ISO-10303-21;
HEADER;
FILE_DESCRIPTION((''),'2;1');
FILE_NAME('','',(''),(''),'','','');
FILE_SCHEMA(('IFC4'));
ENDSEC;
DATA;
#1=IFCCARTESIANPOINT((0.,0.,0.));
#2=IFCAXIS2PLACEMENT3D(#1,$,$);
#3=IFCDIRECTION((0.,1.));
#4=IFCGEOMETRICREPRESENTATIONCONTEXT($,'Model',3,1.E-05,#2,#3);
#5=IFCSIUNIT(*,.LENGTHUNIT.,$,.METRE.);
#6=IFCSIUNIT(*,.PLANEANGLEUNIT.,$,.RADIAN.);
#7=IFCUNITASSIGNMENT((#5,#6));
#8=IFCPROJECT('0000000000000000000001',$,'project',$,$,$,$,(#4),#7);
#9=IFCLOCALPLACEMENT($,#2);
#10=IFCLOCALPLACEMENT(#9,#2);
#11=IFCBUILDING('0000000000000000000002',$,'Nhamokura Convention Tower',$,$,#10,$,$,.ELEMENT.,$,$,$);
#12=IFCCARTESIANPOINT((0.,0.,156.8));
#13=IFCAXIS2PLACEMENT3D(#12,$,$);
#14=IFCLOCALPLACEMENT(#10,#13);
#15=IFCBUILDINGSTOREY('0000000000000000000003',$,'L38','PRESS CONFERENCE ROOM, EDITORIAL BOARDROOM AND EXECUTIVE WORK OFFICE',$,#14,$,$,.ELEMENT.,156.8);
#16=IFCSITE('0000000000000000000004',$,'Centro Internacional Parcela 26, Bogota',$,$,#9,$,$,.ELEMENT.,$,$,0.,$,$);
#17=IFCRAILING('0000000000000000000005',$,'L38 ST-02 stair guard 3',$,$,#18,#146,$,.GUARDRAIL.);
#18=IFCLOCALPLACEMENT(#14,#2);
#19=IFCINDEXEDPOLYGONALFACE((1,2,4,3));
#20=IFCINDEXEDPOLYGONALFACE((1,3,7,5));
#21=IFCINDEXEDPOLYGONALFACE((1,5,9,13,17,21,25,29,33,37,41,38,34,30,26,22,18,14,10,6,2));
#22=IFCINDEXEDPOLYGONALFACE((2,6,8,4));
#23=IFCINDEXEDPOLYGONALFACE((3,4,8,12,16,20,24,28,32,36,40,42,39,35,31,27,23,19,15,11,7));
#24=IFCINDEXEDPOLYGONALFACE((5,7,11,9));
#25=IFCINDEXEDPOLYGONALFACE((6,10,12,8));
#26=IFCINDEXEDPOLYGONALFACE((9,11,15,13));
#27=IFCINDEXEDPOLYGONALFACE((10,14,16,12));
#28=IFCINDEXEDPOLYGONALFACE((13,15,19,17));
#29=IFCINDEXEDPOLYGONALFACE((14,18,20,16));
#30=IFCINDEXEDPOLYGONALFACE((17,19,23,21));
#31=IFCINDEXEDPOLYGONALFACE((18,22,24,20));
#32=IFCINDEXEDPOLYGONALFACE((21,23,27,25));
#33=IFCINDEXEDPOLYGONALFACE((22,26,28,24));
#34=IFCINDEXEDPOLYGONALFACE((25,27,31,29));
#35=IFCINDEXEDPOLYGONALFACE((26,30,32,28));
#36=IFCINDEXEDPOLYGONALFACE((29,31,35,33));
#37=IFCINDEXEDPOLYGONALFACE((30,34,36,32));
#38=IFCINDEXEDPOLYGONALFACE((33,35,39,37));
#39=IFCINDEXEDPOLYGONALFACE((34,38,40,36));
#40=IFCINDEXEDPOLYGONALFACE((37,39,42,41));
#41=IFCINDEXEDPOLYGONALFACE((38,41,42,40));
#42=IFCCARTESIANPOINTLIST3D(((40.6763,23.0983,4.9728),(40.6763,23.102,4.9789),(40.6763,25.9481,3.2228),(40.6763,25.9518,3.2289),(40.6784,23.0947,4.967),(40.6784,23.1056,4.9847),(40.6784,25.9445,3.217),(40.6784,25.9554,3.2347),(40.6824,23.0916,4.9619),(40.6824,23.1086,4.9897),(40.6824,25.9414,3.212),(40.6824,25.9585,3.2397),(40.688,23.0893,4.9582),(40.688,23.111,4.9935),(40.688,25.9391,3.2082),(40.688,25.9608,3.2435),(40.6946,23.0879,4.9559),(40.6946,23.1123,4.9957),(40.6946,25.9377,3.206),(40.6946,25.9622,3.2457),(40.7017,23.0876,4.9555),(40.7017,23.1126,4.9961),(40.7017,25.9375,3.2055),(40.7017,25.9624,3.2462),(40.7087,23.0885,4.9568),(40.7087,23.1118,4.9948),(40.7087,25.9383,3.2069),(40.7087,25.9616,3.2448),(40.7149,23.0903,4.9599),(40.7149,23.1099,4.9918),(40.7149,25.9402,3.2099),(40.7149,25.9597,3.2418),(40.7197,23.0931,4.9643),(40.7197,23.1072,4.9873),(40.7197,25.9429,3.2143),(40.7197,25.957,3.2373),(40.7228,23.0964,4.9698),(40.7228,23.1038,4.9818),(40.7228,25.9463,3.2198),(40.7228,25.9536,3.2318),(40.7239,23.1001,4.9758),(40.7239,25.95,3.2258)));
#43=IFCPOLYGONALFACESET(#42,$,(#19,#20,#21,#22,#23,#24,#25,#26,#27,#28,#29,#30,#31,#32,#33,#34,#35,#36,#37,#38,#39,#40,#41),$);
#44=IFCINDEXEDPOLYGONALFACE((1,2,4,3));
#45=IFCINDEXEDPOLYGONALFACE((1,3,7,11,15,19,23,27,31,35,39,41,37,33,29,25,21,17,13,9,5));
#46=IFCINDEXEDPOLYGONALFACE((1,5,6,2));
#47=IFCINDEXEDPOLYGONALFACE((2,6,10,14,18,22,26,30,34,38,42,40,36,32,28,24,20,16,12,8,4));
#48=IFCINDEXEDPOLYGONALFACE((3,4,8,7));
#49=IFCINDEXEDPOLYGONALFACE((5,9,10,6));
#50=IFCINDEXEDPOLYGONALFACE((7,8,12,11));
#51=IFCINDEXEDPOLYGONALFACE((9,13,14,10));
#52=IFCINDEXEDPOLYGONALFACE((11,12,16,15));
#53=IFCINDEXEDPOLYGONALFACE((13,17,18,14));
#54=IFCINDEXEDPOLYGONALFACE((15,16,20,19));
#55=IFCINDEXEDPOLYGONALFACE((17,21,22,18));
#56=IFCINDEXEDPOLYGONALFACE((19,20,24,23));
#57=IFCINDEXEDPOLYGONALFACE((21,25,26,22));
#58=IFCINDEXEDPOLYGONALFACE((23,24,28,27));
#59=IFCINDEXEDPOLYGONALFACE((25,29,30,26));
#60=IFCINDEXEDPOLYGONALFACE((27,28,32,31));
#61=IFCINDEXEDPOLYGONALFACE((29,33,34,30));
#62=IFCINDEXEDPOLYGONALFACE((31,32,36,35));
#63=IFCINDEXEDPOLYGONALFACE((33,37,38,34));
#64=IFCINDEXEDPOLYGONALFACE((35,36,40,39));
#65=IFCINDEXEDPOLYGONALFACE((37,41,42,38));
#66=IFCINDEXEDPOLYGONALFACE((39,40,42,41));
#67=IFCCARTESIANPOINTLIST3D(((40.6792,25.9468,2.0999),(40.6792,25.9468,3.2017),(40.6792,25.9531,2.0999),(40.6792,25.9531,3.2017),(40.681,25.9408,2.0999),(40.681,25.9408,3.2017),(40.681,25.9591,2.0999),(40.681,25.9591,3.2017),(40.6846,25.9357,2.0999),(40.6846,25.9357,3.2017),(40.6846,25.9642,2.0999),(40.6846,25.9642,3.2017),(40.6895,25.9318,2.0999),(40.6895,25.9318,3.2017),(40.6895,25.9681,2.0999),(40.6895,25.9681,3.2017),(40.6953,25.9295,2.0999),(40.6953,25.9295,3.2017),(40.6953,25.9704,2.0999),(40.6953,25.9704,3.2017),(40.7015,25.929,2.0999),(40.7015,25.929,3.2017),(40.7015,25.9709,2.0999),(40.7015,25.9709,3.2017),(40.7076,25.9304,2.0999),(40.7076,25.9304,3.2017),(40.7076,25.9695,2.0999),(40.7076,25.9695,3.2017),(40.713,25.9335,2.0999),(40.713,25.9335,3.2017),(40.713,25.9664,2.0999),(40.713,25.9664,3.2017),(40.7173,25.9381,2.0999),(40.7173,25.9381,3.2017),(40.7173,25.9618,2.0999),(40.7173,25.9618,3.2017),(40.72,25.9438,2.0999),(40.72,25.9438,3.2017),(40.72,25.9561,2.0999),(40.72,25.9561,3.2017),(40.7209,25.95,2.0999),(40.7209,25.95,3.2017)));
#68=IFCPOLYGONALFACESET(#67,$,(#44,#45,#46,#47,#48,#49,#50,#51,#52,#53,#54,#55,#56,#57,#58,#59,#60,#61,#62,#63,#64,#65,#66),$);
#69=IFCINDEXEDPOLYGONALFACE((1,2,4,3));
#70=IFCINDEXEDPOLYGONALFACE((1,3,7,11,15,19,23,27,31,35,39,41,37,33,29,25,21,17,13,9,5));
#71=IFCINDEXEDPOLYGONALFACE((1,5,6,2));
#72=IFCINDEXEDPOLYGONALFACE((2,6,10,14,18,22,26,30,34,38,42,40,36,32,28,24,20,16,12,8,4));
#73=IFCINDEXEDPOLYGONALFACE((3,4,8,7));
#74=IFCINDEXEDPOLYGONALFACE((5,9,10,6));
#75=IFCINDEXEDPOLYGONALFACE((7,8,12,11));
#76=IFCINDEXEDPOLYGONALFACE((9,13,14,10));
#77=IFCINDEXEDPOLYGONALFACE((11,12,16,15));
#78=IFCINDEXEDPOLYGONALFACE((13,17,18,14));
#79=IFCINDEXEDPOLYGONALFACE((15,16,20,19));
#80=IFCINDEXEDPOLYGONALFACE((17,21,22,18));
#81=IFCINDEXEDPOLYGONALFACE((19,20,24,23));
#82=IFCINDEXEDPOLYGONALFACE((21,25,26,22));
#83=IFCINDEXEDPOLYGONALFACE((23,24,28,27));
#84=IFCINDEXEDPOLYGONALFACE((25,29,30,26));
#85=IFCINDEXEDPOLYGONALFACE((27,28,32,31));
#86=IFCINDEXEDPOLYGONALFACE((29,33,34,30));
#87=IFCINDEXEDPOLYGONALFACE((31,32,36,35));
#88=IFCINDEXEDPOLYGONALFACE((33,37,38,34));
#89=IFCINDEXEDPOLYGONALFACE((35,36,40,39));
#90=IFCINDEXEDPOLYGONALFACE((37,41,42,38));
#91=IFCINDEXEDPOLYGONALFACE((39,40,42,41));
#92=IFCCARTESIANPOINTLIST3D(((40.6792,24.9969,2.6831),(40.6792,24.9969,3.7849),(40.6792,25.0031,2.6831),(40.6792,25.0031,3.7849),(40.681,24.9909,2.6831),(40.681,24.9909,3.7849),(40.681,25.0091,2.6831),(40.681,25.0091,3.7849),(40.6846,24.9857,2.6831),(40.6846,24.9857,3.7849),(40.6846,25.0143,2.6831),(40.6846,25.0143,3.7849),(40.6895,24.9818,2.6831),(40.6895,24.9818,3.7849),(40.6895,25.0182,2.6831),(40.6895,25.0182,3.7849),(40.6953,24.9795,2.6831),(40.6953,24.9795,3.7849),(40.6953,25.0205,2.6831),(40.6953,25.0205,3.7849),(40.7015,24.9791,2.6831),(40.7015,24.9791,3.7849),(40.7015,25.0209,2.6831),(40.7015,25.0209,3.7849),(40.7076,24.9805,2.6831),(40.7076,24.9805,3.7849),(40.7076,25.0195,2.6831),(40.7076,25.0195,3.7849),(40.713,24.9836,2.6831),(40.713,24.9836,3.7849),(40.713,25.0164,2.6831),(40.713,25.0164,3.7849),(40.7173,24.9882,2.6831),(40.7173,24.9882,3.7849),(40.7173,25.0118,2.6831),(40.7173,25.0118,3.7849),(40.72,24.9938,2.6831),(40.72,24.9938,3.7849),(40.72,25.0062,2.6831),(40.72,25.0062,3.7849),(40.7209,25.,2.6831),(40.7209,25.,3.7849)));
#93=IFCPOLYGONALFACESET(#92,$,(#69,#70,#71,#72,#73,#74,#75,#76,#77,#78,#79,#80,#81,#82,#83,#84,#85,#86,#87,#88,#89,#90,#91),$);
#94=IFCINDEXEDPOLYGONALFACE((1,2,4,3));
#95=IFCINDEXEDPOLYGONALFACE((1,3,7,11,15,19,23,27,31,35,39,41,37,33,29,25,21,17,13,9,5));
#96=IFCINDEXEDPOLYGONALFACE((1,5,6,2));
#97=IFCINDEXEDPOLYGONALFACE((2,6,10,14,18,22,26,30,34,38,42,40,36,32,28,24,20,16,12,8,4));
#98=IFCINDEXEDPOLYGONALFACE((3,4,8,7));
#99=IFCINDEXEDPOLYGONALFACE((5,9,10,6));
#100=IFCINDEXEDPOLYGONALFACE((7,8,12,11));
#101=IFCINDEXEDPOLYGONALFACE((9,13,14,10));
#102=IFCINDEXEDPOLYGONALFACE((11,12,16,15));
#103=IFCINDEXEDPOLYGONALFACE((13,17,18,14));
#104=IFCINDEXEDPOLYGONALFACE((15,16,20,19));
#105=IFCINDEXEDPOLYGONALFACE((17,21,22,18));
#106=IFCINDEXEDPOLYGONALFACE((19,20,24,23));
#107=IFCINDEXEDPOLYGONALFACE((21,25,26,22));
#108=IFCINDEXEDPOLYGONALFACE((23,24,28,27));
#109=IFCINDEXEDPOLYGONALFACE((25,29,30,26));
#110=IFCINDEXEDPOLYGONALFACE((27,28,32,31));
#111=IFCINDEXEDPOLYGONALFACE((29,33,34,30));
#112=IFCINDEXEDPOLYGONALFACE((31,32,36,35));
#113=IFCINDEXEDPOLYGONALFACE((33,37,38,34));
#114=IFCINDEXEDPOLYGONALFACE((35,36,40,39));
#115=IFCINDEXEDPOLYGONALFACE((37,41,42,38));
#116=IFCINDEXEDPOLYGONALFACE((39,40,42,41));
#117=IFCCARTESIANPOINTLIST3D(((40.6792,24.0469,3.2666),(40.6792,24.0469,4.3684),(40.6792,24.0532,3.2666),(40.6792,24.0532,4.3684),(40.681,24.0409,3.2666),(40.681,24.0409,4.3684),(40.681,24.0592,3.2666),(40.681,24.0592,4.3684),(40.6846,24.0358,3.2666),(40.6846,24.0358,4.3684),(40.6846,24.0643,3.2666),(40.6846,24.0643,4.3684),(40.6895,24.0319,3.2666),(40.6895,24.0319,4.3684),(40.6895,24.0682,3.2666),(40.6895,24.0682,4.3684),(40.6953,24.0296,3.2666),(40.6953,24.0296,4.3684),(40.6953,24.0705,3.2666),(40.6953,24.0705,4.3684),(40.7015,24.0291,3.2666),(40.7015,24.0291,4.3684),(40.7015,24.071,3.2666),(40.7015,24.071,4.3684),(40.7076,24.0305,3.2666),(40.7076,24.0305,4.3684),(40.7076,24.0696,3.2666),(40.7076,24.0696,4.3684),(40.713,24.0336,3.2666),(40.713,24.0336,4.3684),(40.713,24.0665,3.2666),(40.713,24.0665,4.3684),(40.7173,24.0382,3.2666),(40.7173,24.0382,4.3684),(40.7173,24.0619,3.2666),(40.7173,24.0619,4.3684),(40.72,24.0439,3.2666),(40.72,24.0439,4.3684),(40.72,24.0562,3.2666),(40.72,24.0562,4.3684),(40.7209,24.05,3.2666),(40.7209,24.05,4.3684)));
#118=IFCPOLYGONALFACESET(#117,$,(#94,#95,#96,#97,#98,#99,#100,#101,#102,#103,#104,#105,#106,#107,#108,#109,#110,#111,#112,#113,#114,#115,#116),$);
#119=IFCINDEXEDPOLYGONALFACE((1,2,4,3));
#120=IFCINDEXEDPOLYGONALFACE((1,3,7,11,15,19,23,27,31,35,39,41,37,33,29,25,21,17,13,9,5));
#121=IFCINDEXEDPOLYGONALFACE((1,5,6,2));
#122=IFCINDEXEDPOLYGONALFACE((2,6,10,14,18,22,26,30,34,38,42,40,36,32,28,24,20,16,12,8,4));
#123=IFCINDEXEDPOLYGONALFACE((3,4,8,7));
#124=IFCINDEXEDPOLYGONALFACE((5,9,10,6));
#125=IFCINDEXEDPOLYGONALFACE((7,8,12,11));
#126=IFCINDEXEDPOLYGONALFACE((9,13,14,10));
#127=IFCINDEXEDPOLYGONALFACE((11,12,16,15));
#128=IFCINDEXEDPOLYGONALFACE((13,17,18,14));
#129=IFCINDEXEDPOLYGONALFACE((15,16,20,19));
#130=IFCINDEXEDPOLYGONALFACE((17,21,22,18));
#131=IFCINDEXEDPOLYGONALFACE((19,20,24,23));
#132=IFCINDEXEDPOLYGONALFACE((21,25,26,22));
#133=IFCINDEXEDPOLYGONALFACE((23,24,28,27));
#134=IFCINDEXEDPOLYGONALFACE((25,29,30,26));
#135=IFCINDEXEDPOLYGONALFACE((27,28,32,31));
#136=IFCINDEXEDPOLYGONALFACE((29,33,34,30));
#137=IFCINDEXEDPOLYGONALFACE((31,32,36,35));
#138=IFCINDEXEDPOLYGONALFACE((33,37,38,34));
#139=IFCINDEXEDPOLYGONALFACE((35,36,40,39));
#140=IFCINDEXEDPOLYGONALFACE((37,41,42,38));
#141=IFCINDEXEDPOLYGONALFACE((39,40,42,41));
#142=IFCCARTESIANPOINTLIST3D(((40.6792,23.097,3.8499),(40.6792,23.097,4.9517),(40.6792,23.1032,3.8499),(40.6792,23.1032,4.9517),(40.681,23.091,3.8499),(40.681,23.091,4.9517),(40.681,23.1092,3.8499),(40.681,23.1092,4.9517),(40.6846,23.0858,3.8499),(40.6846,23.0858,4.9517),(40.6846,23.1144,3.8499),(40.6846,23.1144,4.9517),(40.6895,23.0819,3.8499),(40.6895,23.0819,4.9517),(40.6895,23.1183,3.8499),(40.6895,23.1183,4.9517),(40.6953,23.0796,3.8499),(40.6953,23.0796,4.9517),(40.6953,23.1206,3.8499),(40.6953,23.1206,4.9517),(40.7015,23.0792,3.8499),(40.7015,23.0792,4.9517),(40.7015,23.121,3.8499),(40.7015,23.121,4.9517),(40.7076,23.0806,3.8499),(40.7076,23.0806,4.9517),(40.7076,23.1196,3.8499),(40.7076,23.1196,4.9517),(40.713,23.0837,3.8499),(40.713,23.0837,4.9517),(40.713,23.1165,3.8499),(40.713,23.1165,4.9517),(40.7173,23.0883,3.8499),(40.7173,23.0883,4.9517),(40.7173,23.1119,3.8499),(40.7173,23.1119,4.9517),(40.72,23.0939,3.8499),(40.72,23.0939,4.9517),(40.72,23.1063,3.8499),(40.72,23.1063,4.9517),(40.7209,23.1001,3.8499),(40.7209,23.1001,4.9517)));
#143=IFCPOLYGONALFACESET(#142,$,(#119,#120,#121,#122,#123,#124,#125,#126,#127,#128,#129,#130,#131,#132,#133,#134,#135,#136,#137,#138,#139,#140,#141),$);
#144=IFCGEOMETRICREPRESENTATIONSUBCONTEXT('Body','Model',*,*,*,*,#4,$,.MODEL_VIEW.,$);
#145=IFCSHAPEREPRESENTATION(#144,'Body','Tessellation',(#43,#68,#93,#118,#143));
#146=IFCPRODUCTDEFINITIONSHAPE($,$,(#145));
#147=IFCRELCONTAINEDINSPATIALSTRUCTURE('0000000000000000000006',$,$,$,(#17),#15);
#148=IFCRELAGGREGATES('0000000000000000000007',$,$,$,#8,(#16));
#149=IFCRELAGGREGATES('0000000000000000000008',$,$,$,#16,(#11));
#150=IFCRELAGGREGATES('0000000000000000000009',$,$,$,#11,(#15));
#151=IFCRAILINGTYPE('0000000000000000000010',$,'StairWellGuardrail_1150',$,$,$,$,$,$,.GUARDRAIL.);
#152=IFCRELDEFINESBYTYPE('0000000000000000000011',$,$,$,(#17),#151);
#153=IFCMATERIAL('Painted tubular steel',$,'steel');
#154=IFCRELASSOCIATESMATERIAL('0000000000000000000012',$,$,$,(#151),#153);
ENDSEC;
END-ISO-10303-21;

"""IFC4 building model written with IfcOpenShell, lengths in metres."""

from ifc_helpers import new_model, si_unit, direction, frame, origin, origin_2d, place, context, subcontext, project, spatial, circle, extrude, material, type_object, element, save


model = new_model("IFC4")

# Units and contexts
model_context = context("Model", 3, precision=1e-05, world=origin(), true_north=direction((0.0, 1.0)))
body_context = subcontext(model_context, "Body", "Model", "MODEL_VIEW")
ifc_project = project(units=[si_unit("LENGTHUNIT", "METRE"), si_unit("PLANEANGLEUNIT", "RADIAN")], contexts=[model_context])

# Site, building, storey
site_placement = place(None, origin())
site = spatial("IfcSite", under=ifc_project, at=site_placement, Name="Centro Internacional Parcela 26, Bogota", CompositionType="ELEMENT", RefElevation=0.0)
building_placement = place(site_placement, origin())
building = spatial("IfcBuilding", under=site, at=building_placement, Name="Nhamokura Convention Tower", CompositionType="ELEMENT")
storey_placement = place(building_placement, frame((0.0, 0.0, 156.8)))
storey = spatial("IfcBuildingStorey", under=building, at=storey_placement, Name="L38", Description="PRESS CONFERENCE ROOM, EDITORIAL BOARDROOM AND EXECUTIVE WORK OFFICE", CompositionType="ELEMENT", Elevation=156.8)

# Railing
ifc_material_1 = material(Name="Painted tubular steel", Category="steel")
railing_type_1 = type_object("IfcRailingType", Name="StairWellGuardrail_1150", PredefinedType="GUARDRAIL", material=ifc_material_1)
railing_1_placement = place(storey_placement, frame((40.7, 25.95, 2.0999)))
element("IfcRailing", 1, at=railing_1_placement, inside=storey, type_object=railing_type_1, Name="L38 ST-02 stair guard 3", PredefinedType="GUARDRAIL", context=body_context, shape_type="SweptSolid", body=[
    extrude(circle(Radius=0.0239, at=origin_2d()), frame((0.0, 0.0, 1.126), z_axis=(0.0, -0.852159, 0.523283), x_axis=(1.0, 0.0, 0.0)), (0.0, 0.0, 1.0), 3.3442),
    extrude(circle(Radius=0.021, at=origin_2d()), origin(), (0.0, 0.0, 1.0), 1.1018),
    extrude(circle(Radius=0.021, at=origin_2d()), frame((0.0, -0.95, 0.5833)), (0.0, 0.0, 1.0), 1.1018),
    extrude(circle(Radius=0.021, at=origin_2d()), frame((0.0, -1.8999, 1.1667)), (0.0, 0.0, 1.0), 1.1018),
    extrude(circle(Radius=0.021, at=origin_2d()), frame((0.0, -2.8499, 1.75)), (0.0, 0.0, 1.0), 1.1018),
])

save(model, "model.ifc")
